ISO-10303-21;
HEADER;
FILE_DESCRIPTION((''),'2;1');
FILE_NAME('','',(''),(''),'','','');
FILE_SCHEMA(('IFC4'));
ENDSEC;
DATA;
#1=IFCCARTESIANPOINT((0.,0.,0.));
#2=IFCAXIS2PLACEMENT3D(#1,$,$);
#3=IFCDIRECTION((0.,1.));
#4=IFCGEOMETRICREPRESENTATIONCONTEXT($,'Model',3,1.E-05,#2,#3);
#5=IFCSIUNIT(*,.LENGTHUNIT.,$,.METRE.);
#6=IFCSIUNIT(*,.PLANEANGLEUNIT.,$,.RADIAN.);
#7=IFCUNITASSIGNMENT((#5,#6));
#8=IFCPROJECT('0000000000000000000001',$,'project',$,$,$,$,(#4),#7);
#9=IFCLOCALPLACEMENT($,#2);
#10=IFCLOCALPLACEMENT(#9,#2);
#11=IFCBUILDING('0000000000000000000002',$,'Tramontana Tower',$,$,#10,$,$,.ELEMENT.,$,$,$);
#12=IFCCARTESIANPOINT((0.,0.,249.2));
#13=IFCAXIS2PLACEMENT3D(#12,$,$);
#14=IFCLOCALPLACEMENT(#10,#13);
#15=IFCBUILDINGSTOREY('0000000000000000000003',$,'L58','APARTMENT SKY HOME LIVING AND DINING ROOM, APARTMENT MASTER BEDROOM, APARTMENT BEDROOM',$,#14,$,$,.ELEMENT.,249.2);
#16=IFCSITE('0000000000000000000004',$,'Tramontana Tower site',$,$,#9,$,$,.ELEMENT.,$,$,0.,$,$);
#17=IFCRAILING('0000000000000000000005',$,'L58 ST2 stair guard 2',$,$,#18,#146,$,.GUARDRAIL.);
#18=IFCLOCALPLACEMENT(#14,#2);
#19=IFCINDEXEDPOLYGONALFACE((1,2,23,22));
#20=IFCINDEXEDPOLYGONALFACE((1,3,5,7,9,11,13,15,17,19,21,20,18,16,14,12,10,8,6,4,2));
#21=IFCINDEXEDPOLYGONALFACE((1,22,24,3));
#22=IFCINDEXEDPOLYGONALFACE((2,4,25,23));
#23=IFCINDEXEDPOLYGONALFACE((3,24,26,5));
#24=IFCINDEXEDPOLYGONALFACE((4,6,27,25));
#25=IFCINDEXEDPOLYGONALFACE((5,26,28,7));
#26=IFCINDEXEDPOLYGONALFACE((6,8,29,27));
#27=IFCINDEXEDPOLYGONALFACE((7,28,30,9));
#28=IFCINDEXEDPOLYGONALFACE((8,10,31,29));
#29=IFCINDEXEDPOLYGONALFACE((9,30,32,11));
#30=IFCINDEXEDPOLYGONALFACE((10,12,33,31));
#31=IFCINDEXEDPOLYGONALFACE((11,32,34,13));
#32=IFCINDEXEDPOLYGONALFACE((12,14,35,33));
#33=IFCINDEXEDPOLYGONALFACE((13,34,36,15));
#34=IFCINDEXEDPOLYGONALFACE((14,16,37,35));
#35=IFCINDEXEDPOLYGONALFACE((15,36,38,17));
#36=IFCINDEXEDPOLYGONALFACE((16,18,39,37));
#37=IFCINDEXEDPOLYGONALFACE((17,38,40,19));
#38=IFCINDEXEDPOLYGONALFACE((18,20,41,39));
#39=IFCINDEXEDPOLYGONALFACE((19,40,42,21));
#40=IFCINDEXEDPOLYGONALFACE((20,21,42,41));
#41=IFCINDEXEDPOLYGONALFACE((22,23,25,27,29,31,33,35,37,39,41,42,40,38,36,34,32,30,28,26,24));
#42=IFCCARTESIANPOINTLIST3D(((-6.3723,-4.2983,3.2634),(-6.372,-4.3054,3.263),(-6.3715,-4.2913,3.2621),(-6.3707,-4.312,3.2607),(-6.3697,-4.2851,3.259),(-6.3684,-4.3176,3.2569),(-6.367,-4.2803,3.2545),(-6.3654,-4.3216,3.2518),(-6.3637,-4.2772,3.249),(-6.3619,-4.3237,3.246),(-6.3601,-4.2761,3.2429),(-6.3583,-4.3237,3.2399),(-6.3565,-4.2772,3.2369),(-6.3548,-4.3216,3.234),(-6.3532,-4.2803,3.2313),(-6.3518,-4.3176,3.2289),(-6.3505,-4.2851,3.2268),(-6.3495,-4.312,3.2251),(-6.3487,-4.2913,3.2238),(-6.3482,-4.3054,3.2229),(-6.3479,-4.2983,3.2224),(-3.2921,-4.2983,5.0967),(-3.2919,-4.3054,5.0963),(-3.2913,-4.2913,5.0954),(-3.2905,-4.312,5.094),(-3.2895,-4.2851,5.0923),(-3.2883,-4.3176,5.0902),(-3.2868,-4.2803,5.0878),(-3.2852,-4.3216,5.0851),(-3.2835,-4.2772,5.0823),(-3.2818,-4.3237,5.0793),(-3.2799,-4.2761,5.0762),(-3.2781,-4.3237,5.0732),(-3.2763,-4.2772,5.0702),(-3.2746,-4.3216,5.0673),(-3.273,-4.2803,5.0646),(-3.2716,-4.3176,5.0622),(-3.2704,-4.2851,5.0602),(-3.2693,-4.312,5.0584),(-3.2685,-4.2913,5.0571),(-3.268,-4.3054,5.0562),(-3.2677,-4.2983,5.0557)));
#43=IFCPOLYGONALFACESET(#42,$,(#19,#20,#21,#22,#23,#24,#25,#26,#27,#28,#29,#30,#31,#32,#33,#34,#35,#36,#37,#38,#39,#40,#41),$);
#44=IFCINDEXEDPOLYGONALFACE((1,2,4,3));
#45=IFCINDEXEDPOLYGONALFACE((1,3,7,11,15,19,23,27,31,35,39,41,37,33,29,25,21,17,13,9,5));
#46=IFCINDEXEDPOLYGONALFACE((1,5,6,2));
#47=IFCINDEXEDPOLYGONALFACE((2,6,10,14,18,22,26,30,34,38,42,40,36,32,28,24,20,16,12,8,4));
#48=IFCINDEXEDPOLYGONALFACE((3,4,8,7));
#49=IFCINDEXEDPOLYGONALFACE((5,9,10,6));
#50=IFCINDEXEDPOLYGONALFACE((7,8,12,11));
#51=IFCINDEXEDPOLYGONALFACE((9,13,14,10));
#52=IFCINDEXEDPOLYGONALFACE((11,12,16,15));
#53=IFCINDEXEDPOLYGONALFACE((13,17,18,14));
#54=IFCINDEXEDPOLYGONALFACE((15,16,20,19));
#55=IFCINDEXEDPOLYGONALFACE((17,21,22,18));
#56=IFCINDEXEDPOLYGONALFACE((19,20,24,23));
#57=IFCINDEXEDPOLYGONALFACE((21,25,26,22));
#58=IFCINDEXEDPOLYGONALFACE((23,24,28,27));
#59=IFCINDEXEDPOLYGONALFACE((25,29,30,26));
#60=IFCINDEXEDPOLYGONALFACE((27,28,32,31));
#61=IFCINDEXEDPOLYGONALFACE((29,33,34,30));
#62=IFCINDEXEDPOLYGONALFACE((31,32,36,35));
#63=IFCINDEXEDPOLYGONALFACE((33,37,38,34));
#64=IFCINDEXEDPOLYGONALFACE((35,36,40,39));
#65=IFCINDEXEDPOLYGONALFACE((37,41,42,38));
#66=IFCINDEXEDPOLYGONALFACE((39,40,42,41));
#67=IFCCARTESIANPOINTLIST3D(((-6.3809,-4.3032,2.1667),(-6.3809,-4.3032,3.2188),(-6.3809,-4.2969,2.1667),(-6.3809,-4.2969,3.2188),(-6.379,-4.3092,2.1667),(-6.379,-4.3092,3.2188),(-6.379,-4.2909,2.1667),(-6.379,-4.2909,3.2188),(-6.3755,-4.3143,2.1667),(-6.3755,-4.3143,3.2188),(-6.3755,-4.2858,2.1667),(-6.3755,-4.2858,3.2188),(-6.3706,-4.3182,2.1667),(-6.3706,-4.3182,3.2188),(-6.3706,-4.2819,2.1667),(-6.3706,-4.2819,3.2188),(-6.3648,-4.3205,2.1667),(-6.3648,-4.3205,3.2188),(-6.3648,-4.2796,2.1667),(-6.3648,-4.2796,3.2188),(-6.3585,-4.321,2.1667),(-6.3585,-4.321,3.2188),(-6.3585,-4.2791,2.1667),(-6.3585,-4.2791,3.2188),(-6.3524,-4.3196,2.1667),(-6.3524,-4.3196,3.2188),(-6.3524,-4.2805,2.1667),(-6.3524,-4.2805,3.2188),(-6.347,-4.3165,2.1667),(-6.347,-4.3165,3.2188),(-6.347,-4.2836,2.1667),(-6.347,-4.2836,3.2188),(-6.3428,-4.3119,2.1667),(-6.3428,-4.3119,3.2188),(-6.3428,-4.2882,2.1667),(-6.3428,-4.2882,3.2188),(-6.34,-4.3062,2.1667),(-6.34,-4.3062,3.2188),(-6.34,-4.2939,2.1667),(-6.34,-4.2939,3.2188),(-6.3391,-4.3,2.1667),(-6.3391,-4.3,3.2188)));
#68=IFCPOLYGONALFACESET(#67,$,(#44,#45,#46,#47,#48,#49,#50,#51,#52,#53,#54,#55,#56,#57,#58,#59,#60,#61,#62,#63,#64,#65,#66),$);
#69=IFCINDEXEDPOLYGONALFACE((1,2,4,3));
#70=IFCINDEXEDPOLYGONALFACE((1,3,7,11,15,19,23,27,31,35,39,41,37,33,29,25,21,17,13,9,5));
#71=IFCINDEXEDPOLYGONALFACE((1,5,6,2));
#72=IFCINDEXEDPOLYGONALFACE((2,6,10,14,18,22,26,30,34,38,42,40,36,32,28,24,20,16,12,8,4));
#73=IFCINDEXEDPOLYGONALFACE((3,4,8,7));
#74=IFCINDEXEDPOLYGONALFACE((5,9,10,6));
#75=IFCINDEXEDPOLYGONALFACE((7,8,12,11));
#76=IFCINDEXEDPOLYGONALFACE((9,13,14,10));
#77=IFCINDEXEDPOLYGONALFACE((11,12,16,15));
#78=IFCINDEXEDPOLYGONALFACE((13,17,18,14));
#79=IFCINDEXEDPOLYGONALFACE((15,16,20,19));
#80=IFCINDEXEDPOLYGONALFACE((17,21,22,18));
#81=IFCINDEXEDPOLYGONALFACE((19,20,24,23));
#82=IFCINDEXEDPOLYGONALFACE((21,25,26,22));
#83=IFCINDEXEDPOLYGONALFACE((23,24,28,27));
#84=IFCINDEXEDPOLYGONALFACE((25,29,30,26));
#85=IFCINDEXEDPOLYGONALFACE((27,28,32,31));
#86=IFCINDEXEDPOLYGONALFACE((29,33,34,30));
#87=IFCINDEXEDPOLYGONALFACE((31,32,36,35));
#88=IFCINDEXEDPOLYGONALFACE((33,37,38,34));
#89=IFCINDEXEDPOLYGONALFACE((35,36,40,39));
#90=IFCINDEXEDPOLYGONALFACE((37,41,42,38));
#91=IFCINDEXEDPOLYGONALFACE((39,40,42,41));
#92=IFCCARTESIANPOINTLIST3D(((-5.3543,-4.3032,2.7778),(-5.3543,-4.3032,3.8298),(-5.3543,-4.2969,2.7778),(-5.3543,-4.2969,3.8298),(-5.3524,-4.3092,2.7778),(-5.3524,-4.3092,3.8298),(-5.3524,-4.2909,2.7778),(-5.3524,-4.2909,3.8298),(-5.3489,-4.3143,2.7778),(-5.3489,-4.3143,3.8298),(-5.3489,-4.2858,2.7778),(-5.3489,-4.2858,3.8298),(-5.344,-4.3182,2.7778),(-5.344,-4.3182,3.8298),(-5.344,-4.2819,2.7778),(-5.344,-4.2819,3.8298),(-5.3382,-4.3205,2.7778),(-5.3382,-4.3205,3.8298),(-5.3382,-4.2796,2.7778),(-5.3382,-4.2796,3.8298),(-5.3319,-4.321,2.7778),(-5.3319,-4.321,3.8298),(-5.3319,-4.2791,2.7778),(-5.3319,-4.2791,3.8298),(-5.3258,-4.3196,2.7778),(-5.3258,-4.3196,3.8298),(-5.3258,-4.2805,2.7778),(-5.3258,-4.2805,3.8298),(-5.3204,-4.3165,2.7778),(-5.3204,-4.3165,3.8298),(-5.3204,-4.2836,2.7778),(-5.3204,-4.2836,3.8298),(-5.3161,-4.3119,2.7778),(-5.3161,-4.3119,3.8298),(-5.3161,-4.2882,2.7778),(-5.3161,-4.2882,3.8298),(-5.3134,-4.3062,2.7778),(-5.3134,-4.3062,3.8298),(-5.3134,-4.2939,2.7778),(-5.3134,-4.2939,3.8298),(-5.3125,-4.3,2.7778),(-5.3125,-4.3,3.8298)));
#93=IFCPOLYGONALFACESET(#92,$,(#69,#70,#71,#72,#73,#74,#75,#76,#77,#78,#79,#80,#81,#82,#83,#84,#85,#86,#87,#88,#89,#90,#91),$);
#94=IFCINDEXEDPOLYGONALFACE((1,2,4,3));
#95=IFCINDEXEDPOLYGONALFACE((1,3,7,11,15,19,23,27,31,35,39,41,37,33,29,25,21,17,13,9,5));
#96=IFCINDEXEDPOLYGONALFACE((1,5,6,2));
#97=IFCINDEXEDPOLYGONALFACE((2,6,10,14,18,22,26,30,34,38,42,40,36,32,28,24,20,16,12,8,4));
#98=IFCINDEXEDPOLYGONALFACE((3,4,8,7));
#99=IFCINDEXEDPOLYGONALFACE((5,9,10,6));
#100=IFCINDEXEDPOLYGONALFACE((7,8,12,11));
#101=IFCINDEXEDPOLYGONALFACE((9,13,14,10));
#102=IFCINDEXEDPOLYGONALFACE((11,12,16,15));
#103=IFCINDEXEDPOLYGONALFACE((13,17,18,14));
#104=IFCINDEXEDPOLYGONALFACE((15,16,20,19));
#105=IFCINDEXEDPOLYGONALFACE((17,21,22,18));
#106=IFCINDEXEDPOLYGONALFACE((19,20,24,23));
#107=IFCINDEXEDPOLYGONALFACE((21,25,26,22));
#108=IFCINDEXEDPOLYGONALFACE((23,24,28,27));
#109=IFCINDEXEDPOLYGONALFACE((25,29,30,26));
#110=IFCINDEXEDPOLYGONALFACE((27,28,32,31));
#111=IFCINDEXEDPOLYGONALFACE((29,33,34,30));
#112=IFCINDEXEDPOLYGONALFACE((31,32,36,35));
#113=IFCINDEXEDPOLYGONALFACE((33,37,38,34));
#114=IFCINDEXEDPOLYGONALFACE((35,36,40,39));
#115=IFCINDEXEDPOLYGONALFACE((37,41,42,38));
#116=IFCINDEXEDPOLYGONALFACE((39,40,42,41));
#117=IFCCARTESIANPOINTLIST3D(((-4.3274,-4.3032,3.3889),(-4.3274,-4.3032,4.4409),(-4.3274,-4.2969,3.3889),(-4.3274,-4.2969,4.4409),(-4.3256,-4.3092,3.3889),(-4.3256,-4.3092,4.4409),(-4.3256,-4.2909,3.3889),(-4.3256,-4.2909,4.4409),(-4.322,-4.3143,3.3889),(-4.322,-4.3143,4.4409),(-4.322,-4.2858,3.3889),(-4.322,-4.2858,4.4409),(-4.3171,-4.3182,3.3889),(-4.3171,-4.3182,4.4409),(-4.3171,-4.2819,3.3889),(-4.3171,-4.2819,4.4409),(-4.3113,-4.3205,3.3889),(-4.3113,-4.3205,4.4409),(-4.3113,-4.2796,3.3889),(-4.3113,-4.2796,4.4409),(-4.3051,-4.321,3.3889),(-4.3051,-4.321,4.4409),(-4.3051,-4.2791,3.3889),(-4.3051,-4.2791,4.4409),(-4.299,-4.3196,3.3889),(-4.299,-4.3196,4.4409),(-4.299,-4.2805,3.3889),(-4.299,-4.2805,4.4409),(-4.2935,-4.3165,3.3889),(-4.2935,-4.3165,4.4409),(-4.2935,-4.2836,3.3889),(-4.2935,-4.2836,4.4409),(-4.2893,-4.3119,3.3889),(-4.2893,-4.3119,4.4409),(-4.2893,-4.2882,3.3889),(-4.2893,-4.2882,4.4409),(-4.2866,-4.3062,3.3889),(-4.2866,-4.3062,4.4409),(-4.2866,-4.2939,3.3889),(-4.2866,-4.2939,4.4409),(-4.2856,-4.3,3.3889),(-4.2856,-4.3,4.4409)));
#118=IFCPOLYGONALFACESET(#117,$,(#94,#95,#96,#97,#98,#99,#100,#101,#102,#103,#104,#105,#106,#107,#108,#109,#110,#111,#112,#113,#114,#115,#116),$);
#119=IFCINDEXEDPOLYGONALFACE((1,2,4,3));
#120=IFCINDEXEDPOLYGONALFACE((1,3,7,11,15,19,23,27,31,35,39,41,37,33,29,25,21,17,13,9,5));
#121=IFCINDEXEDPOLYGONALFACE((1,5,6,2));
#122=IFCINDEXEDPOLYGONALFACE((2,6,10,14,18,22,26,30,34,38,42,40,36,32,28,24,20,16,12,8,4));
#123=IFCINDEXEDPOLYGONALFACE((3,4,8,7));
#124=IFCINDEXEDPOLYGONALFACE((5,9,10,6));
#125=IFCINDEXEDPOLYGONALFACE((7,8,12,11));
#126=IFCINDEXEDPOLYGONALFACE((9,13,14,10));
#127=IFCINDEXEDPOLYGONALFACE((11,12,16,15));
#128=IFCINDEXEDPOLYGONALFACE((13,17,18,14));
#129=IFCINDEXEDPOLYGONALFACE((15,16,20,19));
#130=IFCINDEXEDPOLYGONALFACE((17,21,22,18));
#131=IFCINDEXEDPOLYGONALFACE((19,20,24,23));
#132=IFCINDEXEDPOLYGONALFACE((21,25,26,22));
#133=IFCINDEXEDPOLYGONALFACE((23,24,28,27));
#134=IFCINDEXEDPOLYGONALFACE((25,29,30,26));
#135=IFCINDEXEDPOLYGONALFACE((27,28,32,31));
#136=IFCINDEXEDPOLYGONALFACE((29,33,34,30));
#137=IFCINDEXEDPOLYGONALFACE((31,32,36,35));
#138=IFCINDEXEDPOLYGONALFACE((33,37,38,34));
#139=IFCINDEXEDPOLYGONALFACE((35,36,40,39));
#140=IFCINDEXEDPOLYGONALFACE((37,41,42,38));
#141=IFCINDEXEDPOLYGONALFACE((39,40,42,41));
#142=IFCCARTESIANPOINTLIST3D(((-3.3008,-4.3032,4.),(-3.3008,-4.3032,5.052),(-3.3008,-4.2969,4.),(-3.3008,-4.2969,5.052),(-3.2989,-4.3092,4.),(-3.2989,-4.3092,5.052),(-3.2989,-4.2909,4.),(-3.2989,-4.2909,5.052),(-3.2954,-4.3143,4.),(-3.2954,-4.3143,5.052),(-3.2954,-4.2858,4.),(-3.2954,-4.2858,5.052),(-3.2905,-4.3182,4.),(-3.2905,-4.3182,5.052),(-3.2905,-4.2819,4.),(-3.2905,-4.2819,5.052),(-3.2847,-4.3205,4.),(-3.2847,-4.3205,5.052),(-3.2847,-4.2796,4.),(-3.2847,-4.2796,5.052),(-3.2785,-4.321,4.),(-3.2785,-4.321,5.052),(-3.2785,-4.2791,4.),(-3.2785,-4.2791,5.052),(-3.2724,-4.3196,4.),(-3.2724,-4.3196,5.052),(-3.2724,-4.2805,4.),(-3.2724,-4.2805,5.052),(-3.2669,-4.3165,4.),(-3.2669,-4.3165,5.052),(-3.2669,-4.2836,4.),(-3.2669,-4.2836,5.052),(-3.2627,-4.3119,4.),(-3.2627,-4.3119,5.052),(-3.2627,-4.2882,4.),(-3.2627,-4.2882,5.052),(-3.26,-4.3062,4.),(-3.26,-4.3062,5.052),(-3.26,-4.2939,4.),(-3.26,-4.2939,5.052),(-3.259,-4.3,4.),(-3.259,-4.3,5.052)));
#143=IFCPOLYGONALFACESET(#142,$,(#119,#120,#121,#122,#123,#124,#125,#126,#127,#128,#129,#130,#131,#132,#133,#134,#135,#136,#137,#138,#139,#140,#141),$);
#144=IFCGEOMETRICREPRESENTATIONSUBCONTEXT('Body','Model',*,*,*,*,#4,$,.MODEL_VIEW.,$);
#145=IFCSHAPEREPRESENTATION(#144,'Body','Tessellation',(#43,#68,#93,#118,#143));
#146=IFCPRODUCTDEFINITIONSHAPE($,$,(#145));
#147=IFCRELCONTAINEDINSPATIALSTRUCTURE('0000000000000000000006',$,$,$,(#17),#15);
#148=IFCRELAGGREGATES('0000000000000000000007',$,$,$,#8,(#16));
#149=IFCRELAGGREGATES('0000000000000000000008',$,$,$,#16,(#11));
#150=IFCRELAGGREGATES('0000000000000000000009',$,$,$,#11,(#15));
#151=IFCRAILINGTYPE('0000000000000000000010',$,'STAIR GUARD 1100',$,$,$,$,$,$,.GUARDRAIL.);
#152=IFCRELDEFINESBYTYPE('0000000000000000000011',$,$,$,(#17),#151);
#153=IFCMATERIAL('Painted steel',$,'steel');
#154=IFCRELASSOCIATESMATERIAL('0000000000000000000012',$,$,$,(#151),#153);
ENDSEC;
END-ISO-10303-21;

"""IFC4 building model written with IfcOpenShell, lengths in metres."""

from ifc_helpers import new_model, si_unit, direction, frame, origin, origin_2d, place, context, subcontext, project, spatial, circle, extrude, material, type_object, element, save


model = new_model("IFC4")

# Units and contexts
model_context = context("Model", 3, precision=1e-05, world=origin(), true_north=direction((0.0, 1.0)))
body_context = subcontext(model_context, "Body", "Model", "MODEL_VIEW")
ifc_project = project(units=[si_unit("LENGTHUNIT", "METRE"), si_unit("PLANEANGLEUNIT", "RADIAN")], contexts=[model_context])

# Site, building, storey
site_placement = place(None, origin())
site = spatial("IfcSite", under=ifc_project, at=site_placement, Name="Tramontana Tower site", CompositionType="ELEMENT", RefElevation=0.0)
building_placement = place(site_placement, origin())
building = spatial("IfcBuilding", under=site, at=building_placement, Name="Tramontana Tower", CompositionType="ELEMENT")
storey_placement = place(building_placement, frame((0.0, 0.0, 249.2)))
storey = spatial("IfcBuildingStorey", under=building, at=storey_placement, Name="L58", Description="APARTMENT SKY HOME LIVING AND DINING ROOM, APARTMENT MASTER BEDROOM, APARTMENT BEDROOM", CompositionType="ELEMENT", Elevation=249.2)

# Railing
ifc_material_1 = material(Name="Painted steel", Category="steel")
railing_type_1 = type_object("IfcRailingType", Name="STAIR GUARD 1100", PredefinedType="GUARDRAIL", material=ifc_material_1)
railing_1_placement = place(storey_placement, frame((-6.3601, -4.3, 2.1667)))
element("IfcRailing", 1, at=railing_1_placement, inside=storey, type_object=railing_type_1, Name="L58 ST2 stair guard 2", PredefinedType="GUARDRAIL", context=body_context, shape_type="SweptSolid", body=[
    extrude(circle(Radius=0.0239, at=origin_2d()), frame((0.0, 0.0, 1.0762), z_axis=(0.859309, 0.0, 0.511458), x_axis=(0.0, 1.0, 0.0)), (0.0, 0.0, 1.0), 3.5845),
    extrude(circle(Radius=0.021, at=origin_2d()), origin(), (0.0, 0.0, 1.0), 1.052),
    extrude(circle(Radius=0.021, at=origin_2d()), frame((1.0266, 0.0, 0.6111)), (0.0, 0.0, 1.0), 1.052),
    extrude(circle(Radius=0.021, at=origin_2d()), frame((2.0535, 0.0, 1.2222)), (0.0, 0.0, 1.0), 1.052),
    extrude(circle(Radius=0.021, at=origin_2d()), frame((3.0801, 0.0, 1.8333)), (0.0, 0.0, 1.0), 1.052),
])

save(model, "model.ifc")
